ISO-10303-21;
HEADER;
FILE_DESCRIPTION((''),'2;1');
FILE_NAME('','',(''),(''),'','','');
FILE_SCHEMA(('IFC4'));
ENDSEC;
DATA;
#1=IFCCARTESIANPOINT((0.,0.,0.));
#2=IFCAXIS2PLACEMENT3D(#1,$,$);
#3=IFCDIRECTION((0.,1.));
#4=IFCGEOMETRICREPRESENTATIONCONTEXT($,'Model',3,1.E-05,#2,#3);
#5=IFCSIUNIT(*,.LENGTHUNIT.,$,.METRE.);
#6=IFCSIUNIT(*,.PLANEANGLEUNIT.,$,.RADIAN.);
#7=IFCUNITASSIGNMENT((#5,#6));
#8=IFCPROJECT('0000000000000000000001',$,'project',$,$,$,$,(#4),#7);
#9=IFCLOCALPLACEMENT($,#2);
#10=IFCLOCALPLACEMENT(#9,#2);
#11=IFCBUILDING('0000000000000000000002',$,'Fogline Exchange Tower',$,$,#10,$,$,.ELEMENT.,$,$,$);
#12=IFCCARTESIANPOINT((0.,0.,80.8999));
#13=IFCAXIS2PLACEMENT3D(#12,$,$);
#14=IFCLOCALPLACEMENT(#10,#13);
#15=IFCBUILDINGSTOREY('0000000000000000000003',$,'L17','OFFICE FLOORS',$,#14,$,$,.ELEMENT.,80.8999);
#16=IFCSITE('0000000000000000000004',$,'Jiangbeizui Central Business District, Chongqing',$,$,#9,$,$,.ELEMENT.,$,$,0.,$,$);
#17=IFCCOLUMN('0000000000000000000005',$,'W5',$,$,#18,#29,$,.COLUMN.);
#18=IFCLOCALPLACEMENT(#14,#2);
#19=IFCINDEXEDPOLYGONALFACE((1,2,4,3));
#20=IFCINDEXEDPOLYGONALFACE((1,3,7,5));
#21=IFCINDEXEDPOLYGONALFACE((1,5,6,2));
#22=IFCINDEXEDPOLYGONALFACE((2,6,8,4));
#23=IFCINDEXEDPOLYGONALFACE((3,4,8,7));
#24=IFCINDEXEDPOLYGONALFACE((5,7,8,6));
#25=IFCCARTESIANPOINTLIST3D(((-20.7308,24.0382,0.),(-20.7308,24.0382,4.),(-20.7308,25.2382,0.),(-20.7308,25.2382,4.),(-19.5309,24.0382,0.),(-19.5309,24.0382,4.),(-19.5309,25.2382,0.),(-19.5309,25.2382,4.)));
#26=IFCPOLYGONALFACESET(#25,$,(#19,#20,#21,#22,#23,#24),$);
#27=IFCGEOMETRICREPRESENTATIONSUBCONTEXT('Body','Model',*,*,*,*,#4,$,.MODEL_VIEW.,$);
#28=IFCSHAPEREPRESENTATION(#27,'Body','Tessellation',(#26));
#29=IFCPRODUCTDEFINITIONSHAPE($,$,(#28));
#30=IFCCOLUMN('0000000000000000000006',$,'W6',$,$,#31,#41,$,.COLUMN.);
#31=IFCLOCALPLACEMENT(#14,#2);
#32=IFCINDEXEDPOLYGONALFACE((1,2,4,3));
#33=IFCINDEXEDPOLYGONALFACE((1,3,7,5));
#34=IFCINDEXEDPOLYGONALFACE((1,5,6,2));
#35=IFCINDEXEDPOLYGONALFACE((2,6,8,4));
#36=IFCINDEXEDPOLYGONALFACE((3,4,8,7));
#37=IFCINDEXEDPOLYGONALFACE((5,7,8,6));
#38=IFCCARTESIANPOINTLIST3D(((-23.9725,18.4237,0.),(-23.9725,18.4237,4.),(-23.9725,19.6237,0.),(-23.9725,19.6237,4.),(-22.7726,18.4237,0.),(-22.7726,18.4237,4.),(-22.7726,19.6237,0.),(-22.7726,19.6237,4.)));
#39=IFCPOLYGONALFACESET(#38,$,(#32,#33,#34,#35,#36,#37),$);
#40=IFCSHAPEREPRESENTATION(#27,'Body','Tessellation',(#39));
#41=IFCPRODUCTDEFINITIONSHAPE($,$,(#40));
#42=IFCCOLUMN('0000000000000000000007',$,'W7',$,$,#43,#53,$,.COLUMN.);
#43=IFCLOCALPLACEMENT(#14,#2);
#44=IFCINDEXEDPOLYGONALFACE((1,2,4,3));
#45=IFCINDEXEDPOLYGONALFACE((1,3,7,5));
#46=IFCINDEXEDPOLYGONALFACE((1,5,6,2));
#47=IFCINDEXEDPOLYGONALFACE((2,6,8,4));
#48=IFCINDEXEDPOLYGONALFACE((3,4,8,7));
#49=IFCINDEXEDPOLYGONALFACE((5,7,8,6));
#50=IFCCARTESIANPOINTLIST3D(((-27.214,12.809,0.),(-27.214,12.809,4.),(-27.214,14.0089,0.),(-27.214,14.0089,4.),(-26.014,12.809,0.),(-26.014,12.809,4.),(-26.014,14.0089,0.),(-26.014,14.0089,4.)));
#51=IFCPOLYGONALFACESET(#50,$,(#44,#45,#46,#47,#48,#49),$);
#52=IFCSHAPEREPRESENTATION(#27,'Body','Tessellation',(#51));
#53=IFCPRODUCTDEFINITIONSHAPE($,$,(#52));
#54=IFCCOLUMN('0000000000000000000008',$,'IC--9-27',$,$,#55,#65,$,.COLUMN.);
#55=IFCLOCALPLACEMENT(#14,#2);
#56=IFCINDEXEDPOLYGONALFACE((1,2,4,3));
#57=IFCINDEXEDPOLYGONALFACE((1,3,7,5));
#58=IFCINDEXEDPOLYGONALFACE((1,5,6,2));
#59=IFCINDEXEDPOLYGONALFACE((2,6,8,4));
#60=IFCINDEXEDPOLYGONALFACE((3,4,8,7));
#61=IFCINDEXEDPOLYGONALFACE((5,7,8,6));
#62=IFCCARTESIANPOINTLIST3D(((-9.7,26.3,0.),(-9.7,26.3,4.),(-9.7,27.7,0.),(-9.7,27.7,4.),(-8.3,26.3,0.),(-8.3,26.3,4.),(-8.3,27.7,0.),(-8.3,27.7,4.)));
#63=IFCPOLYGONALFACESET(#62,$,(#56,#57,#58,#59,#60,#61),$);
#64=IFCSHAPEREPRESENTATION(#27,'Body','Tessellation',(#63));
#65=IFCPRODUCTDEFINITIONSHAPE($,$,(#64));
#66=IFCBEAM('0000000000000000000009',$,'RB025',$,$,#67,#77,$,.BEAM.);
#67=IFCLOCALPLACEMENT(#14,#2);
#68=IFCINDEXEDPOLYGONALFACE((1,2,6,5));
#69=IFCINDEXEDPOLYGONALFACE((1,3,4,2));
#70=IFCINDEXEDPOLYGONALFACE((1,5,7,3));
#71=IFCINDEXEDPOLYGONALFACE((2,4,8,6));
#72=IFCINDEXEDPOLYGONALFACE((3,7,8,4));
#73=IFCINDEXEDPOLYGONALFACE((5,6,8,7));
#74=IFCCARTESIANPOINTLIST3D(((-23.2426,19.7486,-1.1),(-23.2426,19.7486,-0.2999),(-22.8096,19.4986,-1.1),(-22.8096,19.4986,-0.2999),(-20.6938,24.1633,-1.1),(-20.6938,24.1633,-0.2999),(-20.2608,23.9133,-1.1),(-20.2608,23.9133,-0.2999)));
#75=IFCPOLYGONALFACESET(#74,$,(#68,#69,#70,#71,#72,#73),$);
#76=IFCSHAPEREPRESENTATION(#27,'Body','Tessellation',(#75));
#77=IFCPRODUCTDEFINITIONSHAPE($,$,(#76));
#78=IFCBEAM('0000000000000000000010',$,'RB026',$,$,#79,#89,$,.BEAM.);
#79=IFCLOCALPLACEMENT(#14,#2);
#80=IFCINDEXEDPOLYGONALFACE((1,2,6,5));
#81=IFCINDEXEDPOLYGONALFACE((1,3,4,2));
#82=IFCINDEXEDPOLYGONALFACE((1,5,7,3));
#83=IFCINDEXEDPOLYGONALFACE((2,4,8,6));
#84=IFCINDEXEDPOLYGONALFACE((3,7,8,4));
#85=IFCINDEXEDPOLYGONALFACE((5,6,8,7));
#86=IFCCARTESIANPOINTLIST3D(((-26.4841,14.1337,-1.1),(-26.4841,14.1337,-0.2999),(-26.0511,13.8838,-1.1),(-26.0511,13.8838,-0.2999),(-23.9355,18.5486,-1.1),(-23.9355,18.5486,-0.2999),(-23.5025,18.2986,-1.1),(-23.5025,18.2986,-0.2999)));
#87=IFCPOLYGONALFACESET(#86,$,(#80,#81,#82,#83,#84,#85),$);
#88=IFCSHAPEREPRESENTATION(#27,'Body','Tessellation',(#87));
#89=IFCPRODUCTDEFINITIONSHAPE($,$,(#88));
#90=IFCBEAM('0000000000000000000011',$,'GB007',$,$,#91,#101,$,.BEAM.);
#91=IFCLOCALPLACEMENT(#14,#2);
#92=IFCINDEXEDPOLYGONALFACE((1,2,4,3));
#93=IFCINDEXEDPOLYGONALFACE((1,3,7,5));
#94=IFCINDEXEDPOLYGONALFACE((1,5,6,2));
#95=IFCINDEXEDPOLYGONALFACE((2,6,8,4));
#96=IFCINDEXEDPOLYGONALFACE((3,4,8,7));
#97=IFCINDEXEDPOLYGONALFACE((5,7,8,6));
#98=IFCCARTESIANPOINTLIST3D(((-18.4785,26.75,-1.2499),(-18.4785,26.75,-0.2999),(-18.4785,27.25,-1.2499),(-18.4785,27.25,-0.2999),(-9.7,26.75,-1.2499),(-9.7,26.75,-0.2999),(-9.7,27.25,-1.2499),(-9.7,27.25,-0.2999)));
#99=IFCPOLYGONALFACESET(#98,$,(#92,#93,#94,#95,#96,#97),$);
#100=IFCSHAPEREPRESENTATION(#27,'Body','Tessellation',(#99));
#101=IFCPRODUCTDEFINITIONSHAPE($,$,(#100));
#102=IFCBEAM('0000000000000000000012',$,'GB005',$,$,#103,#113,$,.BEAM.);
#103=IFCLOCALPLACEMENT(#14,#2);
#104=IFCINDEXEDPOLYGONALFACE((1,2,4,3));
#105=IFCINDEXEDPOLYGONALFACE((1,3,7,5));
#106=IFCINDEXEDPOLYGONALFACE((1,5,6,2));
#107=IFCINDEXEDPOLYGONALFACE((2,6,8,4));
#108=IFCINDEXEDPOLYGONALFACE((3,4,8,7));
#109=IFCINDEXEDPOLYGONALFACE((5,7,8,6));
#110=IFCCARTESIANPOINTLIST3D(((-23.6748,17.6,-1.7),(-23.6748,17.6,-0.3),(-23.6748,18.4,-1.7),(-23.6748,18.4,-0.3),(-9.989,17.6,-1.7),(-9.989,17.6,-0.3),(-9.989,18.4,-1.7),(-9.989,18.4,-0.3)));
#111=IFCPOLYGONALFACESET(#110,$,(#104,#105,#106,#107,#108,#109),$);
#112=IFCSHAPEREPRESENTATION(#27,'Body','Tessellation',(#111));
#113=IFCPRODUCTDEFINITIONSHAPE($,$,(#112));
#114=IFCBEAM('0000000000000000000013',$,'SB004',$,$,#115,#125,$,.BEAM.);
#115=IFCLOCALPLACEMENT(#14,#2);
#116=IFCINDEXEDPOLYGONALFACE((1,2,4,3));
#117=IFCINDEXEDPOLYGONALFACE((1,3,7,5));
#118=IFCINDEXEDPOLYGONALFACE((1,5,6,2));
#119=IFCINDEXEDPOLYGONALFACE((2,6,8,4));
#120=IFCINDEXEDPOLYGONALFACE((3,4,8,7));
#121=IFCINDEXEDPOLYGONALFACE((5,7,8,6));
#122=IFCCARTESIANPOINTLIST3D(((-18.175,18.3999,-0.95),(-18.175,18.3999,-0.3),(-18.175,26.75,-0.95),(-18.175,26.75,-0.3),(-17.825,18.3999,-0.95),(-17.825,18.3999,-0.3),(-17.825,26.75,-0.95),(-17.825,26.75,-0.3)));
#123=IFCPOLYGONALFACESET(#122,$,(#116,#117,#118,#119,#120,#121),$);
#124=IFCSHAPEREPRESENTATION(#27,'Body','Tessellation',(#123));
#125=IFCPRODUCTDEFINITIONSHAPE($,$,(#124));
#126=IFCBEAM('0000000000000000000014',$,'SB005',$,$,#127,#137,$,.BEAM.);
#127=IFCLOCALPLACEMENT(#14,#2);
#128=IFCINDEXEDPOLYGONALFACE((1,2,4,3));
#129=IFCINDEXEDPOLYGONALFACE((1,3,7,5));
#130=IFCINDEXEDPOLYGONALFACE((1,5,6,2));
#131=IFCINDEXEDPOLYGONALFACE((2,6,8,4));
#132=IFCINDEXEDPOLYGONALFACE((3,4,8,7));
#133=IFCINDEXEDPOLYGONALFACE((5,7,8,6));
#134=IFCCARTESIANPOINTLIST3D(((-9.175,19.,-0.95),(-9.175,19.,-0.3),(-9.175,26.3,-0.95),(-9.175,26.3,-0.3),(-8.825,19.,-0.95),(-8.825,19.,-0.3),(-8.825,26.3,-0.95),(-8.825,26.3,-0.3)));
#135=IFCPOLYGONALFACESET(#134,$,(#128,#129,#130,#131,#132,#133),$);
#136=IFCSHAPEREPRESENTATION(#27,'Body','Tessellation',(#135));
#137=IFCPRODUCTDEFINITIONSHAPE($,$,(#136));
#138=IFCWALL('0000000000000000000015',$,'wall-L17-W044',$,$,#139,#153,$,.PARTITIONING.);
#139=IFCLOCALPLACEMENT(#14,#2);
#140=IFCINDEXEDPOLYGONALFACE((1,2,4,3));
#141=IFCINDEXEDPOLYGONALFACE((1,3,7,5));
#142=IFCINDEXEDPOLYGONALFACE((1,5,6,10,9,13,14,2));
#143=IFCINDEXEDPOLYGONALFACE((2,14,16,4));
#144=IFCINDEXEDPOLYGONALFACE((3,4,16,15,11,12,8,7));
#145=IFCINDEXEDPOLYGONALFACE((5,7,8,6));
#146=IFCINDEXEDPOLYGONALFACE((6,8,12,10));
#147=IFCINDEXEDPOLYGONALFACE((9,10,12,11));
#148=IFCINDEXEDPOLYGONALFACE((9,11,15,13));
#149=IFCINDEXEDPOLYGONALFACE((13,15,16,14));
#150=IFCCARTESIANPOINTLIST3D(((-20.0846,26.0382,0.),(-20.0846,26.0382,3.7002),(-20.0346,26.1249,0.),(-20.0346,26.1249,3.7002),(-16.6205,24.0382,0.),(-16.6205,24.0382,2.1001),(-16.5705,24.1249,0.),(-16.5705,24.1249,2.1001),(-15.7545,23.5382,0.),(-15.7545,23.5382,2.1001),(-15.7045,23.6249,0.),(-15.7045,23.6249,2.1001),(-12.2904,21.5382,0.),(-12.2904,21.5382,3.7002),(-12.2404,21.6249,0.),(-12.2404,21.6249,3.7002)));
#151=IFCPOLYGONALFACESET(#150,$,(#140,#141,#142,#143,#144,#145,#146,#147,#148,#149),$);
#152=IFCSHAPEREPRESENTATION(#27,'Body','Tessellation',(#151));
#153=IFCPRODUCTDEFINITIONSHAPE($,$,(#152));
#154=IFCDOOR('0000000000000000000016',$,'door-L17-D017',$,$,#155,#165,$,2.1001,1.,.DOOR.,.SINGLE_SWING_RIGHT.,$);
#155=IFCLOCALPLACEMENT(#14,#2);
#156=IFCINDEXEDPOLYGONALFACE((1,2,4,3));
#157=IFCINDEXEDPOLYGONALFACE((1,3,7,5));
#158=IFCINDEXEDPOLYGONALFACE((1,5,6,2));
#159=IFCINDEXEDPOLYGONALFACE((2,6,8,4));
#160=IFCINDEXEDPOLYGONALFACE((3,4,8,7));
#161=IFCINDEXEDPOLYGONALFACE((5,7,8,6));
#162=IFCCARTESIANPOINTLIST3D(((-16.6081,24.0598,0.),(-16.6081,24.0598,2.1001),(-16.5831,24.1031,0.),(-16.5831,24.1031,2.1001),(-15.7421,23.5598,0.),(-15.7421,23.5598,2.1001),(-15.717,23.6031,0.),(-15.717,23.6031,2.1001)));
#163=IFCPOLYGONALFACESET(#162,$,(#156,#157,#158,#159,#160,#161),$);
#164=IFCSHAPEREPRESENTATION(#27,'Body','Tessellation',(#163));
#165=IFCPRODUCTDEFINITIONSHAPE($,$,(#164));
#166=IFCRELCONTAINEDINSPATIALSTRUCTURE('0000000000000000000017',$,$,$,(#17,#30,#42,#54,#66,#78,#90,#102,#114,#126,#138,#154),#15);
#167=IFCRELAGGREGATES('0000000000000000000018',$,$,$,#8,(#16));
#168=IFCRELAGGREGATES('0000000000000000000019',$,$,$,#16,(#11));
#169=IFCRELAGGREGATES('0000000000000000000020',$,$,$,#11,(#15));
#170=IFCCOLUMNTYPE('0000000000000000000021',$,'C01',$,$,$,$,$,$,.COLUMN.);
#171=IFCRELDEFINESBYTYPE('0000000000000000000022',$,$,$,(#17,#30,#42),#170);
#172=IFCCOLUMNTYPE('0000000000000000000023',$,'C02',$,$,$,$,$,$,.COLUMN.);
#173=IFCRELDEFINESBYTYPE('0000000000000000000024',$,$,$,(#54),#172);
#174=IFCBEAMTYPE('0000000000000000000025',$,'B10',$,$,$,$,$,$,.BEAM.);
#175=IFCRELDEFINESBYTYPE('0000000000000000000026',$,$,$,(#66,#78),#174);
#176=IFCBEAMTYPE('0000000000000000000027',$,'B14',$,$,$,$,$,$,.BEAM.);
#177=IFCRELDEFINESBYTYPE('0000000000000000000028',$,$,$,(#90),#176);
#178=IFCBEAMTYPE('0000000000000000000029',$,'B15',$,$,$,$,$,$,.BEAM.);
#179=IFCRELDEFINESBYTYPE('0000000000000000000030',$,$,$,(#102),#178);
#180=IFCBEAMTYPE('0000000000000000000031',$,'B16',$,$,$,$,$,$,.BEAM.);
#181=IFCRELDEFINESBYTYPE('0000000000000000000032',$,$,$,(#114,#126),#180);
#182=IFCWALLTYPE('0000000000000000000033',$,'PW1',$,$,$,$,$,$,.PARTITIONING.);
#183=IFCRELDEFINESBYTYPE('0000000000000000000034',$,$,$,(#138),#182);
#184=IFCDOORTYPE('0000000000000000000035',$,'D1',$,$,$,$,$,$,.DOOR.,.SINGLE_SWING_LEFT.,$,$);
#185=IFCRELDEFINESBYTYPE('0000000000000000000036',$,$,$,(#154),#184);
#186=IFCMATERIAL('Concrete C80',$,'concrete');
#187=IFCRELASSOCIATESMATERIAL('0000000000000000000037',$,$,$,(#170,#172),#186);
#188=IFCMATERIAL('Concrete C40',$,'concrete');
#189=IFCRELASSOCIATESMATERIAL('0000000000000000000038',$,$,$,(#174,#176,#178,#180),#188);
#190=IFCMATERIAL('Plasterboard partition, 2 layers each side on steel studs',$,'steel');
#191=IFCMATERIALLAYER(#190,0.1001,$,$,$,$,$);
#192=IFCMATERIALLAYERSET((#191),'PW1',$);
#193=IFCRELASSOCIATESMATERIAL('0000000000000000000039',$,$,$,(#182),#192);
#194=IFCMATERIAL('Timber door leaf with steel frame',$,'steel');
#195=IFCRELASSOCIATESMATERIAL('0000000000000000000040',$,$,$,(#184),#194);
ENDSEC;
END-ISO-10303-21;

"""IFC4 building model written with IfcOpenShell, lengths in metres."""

from ifc_helpers import new_model, si_unit, direction, frame, frame_2d, origin, origin_2d, place, context, subcontext, project, spatial, rectangle, extrude, material, layer, layer_set, material_profile, profile_set, type_object, element, fill, save


model = new_model("IFC4")

# Units and contexts
model_context = context("Model", 3, precision=1e-05, world=origin(), true_north=direction((0.0, 1.0)))
body_context = subcontext(model_context, "Body", "Model", "MODEL_VIEW")
ifc_project = project(units=[si_unit("LENGTHUNIT", "METRE"), si_unit("PLANEANGLEUNIT", "RADIAN")], contexts=[model_context])

# Site, building, storey
site_placement = place(None, origin())
site = spatial("IfcSite", under=ifc_project, at=site_placement, Name="Jiangbeizui Central Business District, Chongqing", CompositionType="ELEMENT", RefElevation=0.0)
building_placement = place(site_placement, origin())
building = spatial("IfcBuilding", under=site, at=building_placement, Name="Fogline Exchange Tower", CompositionType="ELEMENT")
storey_placement = place(building_placement, frame((0.0, 0.0, 80.8999)))
storey = spatial("IfcBuildingStorey", under=building, at=storey_placement, Name="L17", Description="OFFICE FLOORS", CompositionType="ELEMENT", Elevation=80.8999)

# Columns
ifc_material_1 = material(Name="Concrete C80", Category="concrete")
ifc_material_profile_1 = material_profile(ifc_material_1, rectangle(XDim=1.2, YDim=1.2, at=origin_2d()), Name="RC 1200x1200")
ifc_profile_set_1 = profile_set([ifc_material_profile_1], Name="Concrete C80")
column_type_1 = type_object("IfcColumnType", Name="C01", PredefinedType="COLUMN", material=ifc_profile_set_1)
for number, where, z_axis, x_axis, name in (
    (1, (-20.1309, 24.6382, 0.0), (0.0, 0.0, 1.0), (1.0, 0.0, 0.0), "W5"),
    (2, (-23.3726, 19.0237, 0.0), (0.0, 0.0, 1.0), (1.0, 0.0, 0.0), "W6"),
    (3, (-26.614, 13.4089, 0.0), (0.0, 0.0, 1.0), (1.0, 0.0, 0.0), "W7"),
):
    element("IfcColumn", number, at=place(storey_placement, frame(where, z_axis=z_axis, x_axis=x_axis)), inside=storey, type_object=column_type_1, Name=name, PredefinedType="COLUMN", context=body_context, shape_type="SweptSolid", body=[
        extrude(rectangle(XDim=1.2, YDim=1.2, at=origin_2d()), origin(), (0.0, 0.0, 1.0), 4.0),
    ])
ifc_material_profile_2 = material_profile(ifc_material_1, rectangle(XDim=1.3999, YDim=1.3999, at=origin_2d()), Name="RC 1400x1400")
ifc_profile_set_2 = profile_set([ifc_material_profile_2], Name="Concrete C80")
column_type_2 = type_object("IfcColumnType", Name="C02", PredefinedType="COLUMN", material=ifc_profile_set_2)
column_placement = place(storey_placement, frame((-9.0, 27.0, 0.0), z_axis=(0.0, 0.0, 1.0), x_axis=(1.0, 0.0, 0.0)))
element("IfcColumn", 4, at=column_placement, inside=storey, type_object=column_type_2, Name="IC--9-27", PredefinedType="COLUMN", context=body_context, shape_type="SweptSolid", body=[
    extrude(rectangle(XDim=1.3999, YDim=1.3999, at=origin_2d()), origin(), (0.0, 0.0, 1.0), 4.0),
])

# Beams
ifc_material_2 = material(Name="Concrete C40", Category="concrete")
ifc_material_profile_3 = material_profile(ifc_material_2, rectangle(XDim=0.5, YDim=0.8, at=origin_2d()), Name="RC 500x800")
ifc_profile_set_3 = profile_set([ifc_material_profile_3], Name="Concrete C40")
beam_type_1 = type_object("IfcBeamType", Name="B10", PredefinedType="BEAM", material=ifc_profile_set_3)
for number, where, z_axis, x_axis, name in (
    (5, (-20.4773, 24.0383, -0.7), (-0.499992, -0.86603, 0.0), (0.86603, -0.499992, 0.0), "RB025"),
    (6, (-23.719, 18.4236, -0.7), (-0.499956, -0.866051, 0.0), (0.866051, -0.499956, 0.0), "RB026"),
):
    element("IfcBeam", number, at=place(storey_placement, frame(where, z_axis=z_axis, x_axis=x_axis)), inside=storey, type_object=beam_type_1, Name=name, PredefinedType="BEAM", context=body_context, shape_type="SweptSolid", body=[
        extrude(rectangle(XDim=0.5, YDim=0.8, at=origin_2d()), origin(), (0.0, 0.0, 1.0), 5.0977),
    ])
ifc_material_profile_4 = material_profile(ifc_material_2, rectangle(XDim=0.5, YDim=0.95, at=origin_2d()), Name="RC 500x950")
ifc_profile_set_4 = profile_set([ifc_material_profile_4], Name="Concrete C40")
beam_type_2 = type_object("IfcBeamType", Name="B14", PredefinedType="BEAM", material=ifc_profile_set_4)
beam_1_placement = place(storey_placement, frame((-18.4785, 27.0, -0.7749), z_axis=(1.0, 0.0, 0.0), x_axis=(0.0, 1.0, 0.0)))
element("IfcBeam", 7, at=beam_1_placement, inside=storey, type_object=beam_type_2, Name="GB007", PredefinedType="BEAM", context=body_context, shape_type="SweptSolid", body=[
    extrude(rectangle(XDim=0.5, YDim=0.95, at=origin_2d()), origin(), (0.0, 0.0, 1.0), 8.7786),
])
ifc_material_profile_5 = material_profile(ifc_material_2, rectangle(XDim=0.8, YDim=1.3999, at=origin_2d()), Name="RC 800x1400")
ifc_profile_set_5 = profile_set([ifc_material_profile_5], Name="Concrete C40")
beam_type_3 = type_object("IfcBeamType", Name="B15", PredefinedType="BEAM", material=ifc_profile_set_5)
beam_2_placement = place(storey_placement, frame((-23.6748, 18.0, -1.0), z_axis=(1.0, 0.0, 0.0), x_axis=(0.0, 1.0, 0.0)))
element("IfcBeam", 8, at=beam_2_placement, inside=storey, type_object=beam_type_3, Name="GB005", PredefinedType="BEAM", context=body_context, shape_type="SweptSolid", body=[
    extrude(rectangle(XDim=0.8, YDim=1.3999, at=origin_2d()), origin(), (0.0, 0.0, 1.0), 13.6858),
])
ifc_material_profile_6 = material_profile(ifc_material_2, rectangle(XDim=0.3501, YDim=0.6499, at=origin_2d()), Name="RC 350x650")
ifc_profile_set_6 = profile_set([ifc_material_profile_6], Name="Concrete C40")
beam_type_4 = type_object("IfcBeamType", Name="B16", PredefinedType="BEAM", material=ifc_profile_set_6)
beam_3_placement = place(storey_placement, frame((-18.0, 18.3999, -0.625), z_axis=(0.0, 1.0, 0.0), x_axis=(-1.0, 0.0, 0.0)))
element("IfcBeam", 9, at=beam_3_placement, inside=storey, type_object=beam_type_4, Name="SB004", PredefinedType="BEAM", context=body_context, shape_type="SweptSolid", body=[
    extrude(rectangle(XDim=0.3501, YDim=0.6499, at=origin_2d()), origin(), (0.0, 0.0, 1.0), 8.3501),
])
beam_4_placement = place(storey_placement, frame((-9.0, 19.0, -0.625), z_axis=(0.0, 1.0, 0.0), x_axis=(-1.0, 0.0, 0.0)))
element("IfcBeam", 10, at=beam_4_placement, inside=storey, type_object=beam_type_4, Name="SB005", PredefinedType="BEAM", context=body_context, shape_type="SweptSolid", body=[
    extrude(rectangle(XDim=0.3501, YDim=0.6499, at=origin_2d()), origin(), (0.0, 0.0, 1.0), 7.3),
])

# Wall, opening, door
ifc_material_3 = material(Name="Plasterboard partition, 2 layers each side on steel studs", Category="steel")
ifc_layer_1 = layer(ifc_material_3, 0.1001)
ifc_layer_set_1 = layer_set([ifc_layer_1], Name="PW1")
wall_type_1 = type_object("IfcWallType", Name="PW1", PredefinedType="PARTITIONING", material=ifc_layer_set_1)
wall_1_placement = place(storey_placement, frame((-12.2654, 21.5815, 0.0), z_axis=(0.0, 0.0, 1.0), x_axis=(-0.866024, 0.500002, 0.0)))
wall_1 = element("IfcWall", 11, at=wall_1_placement, inside=storey, type_object=wall_type_1, Name="wall-L17-W044", PredefinedType="PARTITIONING", context=body_context, shape_type="SweptSolid", body=[
    extrude(rectangle(XDim=9.0, YDim=0.1001, at=frame_2d((4.5, 0.0))), origin(), (0.0, 0.0, 1.0), 3.7002),
])
opening_1_placement = place(wall_1_placement, frame((4.0, 0.0, 0.0)))
opening_1 = element("IfcOpeningElement", 12, at=opening_1_placement, cuts=wall_1, PredefinedType="OPENING", context=body_context, shape_type="SweptSolid", body=[
    extrude(rectangle(XDim=1.0, YDim=2.1001, at=frame_2d((0.5, 1.05))), frame((0.0, 0.0601, 0.0), z_axis=(0.0, -1.0, 0.0), x_axis=(1.0, 0.0, 0.0)), (0.0, 0.0, 1.0), 0.1201),
])
ifc_material_4 = material(Name="Timber door leaf with steel frame", Category="steel")
door_type_1 = type_object("IfcDoorType", Name="D1", OperationType="SINGLE_SWING_LEFT", PredefinedType="DOOR", material=ifc_material_4)
door_1_placement = place(opening_1_placement, frame((1.0, 0.0, 0.0), z_axis=(0.0, 0.0, 1.0), x_axis=(-1.0, 0.0, 0.0)))
door_1 = element("IfcDoor", 13, at=door_1_placement, inside=storey, type_object=door_type_1, Name="door-L17-D017", OperationType="SINGLE_SWING_RIGHT", OverallHeight=2.1001, OverallWidth=1.0, PredefinedType="DOOR", context=body_context, shape_type="SweptSolid", body=[
    extrude(rectangle(XDim=1.0, YDim=2.1001, at=frame_2d((0.5, 1.05))), frame((0.0, 0.0249, 0.0), z_axis=(0.0, -1.0, 0.0), x_axis=(1.0, 0.0, 0.0)), (0.0, 0.0, 1.0), 0.05),
])
fill(opening_1, door_1)

save(model, "model.ifc")
